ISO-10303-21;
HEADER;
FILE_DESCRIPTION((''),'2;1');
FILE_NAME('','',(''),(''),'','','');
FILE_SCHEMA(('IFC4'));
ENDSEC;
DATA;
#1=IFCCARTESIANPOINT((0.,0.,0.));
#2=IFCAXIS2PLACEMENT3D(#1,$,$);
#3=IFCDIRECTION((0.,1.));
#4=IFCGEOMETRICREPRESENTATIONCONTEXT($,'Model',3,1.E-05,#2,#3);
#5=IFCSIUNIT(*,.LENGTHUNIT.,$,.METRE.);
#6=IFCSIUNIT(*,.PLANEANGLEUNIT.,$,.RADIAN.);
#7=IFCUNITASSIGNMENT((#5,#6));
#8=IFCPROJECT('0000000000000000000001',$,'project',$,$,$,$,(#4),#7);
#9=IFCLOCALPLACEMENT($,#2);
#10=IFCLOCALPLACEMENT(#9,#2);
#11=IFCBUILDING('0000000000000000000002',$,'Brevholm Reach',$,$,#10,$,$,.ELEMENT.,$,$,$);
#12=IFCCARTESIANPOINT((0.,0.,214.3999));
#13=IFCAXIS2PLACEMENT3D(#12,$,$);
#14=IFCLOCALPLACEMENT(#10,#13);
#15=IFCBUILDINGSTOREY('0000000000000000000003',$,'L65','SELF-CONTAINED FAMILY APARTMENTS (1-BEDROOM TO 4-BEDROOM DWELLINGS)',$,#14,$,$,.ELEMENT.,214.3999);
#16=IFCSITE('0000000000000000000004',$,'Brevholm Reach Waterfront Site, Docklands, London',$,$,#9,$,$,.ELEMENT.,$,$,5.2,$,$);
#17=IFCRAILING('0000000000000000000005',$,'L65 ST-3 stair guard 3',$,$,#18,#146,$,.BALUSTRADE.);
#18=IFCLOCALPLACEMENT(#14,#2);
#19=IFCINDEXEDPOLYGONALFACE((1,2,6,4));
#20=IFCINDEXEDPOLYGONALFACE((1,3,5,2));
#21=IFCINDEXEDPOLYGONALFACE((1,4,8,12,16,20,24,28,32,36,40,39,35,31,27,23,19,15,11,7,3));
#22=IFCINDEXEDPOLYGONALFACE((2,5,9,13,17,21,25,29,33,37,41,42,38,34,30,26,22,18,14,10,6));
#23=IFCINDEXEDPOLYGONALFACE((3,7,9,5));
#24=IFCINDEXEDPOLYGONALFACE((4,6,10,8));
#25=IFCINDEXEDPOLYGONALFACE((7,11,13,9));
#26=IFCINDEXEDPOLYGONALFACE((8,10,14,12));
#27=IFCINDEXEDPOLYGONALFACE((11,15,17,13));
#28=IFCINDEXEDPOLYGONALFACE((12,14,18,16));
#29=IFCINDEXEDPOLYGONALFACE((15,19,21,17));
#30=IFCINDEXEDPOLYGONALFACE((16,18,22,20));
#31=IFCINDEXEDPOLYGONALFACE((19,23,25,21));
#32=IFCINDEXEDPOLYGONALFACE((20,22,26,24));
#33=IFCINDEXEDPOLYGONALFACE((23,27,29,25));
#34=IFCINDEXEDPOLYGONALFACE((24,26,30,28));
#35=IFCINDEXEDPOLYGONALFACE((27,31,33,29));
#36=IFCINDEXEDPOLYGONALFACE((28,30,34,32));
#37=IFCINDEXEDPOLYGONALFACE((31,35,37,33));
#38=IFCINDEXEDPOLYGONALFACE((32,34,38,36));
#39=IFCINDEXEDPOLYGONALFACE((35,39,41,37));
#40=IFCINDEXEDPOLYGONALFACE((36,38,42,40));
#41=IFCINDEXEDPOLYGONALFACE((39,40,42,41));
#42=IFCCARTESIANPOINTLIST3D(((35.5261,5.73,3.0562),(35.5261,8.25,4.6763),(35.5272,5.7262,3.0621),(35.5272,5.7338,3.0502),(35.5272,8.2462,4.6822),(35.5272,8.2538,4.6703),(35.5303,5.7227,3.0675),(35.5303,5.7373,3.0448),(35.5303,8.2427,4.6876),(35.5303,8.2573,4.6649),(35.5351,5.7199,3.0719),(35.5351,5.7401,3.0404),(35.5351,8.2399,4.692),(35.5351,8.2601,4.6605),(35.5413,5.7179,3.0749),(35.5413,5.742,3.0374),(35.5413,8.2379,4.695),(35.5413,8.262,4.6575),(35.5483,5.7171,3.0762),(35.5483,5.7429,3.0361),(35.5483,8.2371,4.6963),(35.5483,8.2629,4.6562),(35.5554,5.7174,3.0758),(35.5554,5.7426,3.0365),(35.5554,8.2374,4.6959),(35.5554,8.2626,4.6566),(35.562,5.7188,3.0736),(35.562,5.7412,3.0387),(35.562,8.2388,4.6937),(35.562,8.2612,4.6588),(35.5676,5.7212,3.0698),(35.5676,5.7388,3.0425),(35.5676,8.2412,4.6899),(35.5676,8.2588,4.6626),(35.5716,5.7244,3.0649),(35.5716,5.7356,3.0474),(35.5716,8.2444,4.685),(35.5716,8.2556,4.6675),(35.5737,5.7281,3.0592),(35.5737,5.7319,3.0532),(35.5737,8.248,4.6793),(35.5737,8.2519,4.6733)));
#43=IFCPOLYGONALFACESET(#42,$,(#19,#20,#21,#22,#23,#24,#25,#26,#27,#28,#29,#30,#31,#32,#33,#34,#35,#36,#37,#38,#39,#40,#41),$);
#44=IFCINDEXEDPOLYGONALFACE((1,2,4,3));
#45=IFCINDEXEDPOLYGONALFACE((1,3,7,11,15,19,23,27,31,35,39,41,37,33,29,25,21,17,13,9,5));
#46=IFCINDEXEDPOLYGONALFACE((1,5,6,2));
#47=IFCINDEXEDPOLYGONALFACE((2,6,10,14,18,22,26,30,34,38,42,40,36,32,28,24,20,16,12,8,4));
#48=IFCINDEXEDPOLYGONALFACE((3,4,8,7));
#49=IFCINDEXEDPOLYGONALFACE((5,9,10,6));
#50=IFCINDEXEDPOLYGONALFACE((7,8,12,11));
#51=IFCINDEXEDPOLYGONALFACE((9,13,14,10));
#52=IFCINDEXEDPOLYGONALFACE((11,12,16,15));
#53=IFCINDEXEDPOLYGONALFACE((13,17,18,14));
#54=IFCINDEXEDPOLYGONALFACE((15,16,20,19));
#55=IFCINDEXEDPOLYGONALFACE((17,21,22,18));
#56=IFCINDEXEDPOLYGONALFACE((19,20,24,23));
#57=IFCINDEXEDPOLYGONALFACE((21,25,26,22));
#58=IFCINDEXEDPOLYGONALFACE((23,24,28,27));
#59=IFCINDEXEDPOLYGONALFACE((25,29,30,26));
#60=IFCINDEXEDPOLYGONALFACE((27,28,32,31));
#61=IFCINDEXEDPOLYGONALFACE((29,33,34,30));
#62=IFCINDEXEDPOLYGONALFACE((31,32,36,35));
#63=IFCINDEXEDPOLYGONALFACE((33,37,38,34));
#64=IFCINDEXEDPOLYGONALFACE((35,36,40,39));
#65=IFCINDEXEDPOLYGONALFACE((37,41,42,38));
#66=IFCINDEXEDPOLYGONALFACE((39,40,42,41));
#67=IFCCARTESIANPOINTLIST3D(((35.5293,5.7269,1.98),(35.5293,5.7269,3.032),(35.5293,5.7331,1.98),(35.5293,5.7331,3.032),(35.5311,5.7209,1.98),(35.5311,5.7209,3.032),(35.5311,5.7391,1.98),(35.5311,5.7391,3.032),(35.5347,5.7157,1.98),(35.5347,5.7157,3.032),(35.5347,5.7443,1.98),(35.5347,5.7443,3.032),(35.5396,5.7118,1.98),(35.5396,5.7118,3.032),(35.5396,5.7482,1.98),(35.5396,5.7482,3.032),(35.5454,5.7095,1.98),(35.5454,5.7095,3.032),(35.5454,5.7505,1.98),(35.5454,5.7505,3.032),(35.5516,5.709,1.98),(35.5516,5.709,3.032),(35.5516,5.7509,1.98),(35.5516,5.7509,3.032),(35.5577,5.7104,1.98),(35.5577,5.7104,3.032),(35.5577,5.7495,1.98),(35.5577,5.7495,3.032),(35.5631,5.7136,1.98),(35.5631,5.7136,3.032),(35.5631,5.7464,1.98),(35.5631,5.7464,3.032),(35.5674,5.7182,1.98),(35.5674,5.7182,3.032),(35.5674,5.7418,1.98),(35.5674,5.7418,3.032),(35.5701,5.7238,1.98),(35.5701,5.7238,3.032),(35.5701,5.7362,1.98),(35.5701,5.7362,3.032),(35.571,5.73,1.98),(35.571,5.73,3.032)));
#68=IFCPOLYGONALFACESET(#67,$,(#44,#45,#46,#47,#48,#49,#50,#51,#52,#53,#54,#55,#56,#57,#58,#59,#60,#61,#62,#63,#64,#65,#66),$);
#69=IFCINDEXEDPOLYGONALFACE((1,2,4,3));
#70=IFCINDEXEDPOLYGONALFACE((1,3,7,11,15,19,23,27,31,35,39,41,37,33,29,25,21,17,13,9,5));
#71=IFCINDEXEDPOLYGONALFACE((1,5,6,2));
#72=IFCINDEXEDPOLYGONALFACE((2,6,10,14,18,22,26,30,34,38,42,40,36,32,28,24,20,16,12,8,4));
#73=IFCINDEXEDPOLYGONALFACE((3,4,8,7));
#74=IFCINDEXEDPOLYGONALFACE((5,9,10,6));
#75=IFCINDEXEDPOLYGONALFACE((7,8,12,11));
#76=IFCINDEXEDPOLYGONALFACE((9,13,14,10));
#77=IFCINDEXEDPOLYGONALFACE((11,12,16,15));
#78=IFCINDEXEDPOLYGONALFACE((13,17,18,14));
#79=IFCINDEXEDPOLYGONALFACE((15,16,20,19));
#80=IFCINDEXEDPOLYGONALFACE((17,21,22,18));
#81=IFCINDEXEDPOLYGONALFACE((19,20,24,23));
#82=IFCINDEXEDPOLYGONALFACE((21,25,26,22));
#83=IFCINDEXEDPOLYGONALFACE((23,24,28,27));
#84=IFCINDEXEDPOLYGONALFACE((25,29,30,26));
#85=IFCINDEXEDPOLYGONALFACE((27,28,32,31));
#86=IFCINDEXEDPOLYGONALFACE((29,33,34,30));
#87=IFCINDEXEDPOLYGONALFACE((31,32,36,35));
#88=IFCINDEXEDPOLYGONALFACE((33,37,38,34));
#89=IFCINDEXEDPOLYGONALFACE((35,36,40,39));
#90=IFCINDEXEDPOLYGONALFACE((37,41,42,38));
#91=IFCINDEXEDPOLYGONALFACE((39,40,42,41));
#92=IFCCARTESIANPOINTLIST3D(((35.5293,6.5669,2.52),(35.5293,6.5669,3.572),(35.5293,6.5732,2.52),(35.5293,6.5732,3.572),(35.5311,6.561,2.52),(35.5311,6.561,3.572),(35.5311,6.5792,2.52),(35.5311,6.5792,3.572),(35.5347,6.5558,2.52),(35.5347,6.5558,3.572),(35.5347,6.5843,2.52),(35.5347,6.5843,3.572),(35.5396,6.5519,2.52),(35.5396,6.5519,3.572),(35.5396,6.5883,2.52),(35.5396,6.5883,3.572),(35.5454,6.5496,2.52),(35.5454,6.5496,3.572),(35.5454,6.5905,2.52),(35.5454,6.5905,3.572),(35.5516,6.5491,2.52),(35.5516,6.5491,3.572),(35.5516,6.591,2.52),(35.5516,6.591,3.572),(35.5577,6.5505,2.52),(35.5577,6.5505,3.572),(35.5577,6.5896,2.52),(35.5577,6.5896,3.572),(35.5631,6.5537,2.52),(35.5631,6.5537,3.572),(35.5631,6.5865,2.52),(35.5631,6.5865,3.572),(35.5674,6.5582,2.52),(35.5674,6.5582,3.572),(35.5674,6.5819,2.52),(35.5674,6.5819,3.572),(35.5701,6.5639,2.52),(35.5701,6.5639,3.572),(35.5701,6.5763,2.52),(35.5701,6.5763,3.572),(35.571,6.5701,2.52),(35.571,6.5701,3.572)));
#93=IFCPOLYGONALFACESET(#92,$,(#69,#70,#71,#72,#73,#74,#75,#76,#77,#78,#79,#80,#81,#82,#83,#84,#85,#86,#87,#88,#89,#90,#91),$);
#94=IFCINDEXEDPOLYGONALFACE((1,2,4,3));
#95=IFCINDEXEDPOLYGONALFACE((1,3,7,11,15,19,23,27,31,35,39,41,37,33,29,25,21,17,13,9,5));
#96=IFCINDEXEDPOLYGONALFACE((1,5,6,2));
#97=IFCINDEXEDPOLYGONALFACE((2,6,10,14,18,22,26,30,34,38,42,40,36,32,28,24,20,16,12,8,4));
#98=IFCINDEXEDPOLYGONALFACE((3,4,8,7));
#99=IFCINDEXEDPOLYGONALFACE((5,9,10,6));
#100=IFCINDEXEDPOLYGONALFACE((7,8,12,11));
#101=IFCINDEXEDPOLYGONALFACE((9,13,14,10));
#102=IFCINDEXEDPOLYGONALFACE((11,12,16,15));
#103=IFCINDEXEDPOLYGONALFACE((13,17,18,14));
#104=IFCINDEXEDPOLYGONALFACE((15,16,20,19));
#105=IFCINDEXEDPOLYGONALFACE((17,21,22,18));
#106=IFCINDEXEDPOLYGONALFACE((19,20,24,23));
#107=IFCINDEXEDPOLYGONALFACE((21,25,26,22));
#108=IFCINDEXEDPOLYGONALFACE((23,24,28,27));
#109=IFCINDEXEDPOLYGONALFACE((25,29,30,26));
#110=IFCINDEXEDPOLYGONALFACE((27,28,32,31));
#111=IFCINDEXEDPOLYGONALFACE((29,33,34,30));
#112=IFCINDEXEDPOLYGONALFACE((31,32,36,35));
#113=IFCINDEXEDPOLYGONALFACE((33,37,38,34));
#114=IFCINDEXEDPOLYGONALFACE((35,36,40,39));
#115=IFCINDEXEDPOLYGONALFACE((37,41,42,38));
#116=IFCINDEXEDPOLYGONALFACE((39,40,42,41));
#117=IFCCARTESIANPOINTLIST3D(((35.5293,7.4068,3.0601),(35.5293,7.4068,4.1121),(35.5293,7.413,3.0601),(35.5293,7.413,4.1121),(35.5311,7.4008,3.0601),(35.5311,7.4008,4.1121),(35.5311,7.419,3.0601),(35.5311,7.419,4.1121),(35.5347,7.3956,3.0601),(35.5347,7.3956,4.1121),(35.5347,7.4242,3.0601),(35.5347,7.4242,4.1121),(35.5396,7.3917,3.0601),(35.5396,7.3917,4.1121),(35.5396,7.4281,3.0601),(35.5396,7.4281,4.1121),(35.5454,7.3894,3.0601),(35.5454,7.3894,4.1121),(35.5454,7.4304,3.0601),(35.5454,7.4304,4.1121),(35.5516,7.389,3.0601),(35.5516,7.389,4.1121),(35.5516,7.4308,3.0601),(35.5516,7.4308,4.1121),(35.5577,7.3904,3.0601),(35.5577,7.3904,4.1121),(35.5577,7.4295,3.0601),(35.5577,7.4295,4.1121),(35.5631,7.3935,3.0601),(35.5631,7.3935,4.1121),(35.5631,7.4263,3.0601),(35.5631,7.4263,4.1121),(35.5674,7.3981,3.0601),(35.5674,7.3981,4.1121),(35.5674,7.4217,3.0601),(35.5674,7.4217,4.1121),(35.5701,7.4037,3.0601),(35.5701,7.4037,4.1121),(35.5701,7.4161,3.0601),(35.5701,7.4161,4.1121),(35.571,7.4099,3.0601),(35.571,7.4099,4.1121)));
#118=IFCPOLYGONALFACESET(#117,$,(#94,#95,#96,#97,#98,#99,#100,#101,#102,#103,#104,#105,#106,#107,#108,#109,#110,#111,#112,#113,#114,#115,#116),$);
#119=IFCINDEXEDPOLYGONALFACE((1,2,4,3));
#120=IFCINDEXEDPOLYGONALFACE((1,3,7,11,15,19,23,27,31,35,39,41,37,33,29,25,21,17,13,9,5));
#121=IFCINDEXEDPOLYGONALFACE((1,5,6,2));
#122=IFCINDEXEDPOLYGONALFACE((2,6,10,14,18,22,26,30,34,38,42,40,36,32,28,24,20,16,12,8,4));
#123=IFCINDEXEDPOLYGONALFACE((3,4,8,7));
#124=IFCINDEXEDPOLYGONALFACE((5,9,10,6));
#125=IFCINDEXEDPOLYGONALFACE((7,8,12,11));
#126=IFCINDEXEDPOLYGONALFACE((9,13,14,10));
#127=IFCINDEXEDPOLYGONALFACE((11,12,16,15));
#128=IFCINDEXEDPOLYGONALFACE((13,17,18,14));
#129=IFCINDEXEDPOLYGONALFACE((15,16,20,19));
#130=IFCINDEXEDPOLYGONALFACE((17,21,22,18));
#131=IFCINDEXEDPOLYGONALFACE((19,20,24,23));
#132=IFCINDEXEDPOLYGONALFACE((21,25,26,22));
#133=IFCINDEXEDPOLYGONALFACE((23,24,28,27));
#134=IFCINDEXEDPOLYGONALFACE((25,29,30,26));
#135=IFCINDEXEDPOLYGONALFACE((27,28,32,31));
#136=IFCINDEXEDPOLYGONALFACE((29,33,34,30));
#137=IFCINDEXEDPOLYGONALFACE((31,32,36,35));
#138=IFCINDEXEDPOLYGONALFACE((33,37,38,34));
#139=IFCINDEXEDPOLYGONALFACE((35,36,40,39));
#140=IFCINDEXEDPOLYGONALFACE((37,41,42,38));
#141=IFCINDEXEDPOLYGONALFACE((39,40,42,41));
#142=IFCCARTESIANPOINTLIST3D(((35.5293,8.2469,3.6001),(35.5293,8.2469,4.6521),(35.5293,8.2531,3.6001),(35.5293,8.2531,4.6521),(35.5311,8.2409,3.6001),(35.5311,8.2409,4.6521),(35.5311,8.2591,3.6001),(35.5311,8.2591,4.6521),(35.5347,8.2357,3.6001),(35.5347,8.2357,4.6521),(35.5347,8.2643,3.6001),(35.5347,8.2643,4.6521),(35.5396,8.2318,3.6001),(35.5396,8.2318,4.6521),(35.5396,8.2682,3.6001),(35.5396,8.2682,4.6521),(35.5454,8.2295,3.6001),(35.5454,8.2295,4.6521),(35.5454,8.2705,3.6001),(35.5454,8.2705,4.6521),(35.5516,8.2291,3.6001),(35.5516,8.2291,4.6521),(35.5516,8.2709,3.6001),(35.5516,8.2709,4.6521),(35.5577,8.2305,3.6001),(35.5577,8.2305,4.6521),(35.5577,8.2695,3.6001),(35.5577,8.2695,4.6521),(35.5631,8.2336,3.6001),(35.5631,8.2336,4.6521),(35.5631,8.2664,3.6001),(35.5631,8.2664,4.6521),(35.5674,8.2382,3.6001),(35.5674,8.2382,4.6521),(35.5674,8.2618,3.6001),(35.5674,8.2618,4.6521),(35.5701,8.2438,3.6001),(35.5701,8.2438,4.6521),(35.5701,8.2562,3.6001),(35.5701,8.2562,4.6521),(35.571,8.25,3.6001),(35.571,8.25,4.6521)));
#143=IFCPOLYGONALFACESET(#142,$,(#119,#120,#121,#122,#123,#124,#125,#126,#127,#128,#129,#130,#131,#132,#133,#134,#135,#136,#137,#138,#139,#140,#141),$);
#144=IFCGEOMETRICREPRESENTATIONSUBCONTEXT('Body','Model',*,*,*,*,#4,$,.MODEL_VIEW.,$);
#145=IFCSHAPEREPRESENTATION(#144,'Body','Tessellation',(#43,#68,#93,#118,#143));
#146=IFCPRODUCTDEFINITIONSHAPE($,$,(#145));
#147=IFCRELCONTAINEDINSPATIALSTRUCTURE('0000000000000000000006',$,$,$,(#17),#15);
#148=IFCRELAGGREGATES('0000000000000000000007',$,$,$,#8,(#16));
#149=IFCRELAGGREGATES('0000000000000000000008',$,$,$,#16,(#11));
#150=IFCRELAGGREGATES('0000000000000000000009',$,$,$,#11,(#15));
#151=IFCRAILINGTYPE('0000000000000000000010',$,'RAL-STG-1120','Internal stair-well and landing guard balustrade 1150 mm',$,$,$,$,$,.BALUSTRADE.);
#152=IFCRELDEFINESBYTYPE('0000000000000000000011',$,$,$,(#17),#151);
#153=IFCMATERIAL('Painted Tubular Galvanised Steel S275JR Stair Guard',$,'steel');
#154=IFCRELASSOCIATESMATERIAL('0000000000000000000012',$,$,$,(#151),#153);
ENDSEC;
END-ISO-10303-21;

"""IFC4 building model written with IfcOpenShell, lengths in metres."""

from ifc_helpers import new_model, si_unit, direction, frame, origin, origin_2d, place, context, subcontext, project, spatial, circle, extrude, material, type_object, element, save


model = new_model("IFC4")

# Units and contexts
model_context = context("Model", 3, precision=1e-05, world=origin(), true_north=direction((0.0, 1.0)))
body_context = subcontext(model_context, "Body", "Model", "MODEL_VIEW")
ifc_project = project(units=[si_unit("LENGTHUNIT", "METRE"), si_unit("PLANEANGLEUNIT", "RADIAN")], contexts=[model_context])

# Site, building, storey
site_placement = place(None, origin())
site = spatial("IfcSite", under=ifc_project, at=site_placement, Name="Brevholm Reach Waterfront Site, Docklands, London", CompositionType="ELEMENT", RefElevation=5.2)
building_placement = place(site_placement, origin())
building = spatial("IfcBuilding", under=site, at=building_placement, Name="Brevholm Reach", CompositionType="ELEMENT")
storey_placement = place(building_placement, frame((0.0, 0.0, 214.3999)))
storey = spatial("IfcBuildingStorey", under=building, at=storey_placement, Name="L65", Description="SELF-CONTAINED FAMILY APARTMENTS (1-BEDROOM TO 4-BEDROOM DWELLINGS)", CompositionType="ELEMENT", Elevation=214.3999)

# Railing
ifc_material_1 = material(Name="Painted Tubular Galvanised Steel S275JR Stair Guard", Category="steel")
railing_type_1 = type_object("IfcRailingType", Name="RAL-STG-1120", Description="Internal stair-well and landing guard balustrade 1150 mm", PredefinedType="BALUSTRADE", material=ifc_material_1)
railing_1_placement = place(storey_placement, frame((35.55, 5.73, 1.98)))
element("IfcRailing", 1, at=railing_1_placement, inside=storey, type_object=railing_type_1, Name="L65 ST-3 stair guard 3", PredefinedType="BALUSTRADE", context=body_context, shape_type="SweptSolid", body=[
    extrude(circle(Radius=0.0239, at=origin_2d()), frame((0.0, 0.0, 1.0762), z_axis=(0.0, 0.841163, 0.540782), x_axis=(-1.0, 0.0, 0.0)), (0.0, 0.0, 1.0), 2.9958),
    extrude(circle(Radius=0.021, at=origin_2d()), origin(), (0.0, 0.0, 1.0), 1.052),
    extrude(circle(Radius=0.021, at=origin_2d()), frame((0.0, 0.8401, 0.54)), (0.0, 0.0, 1.0), 1.052),
    extrude(circle(Radius=0.021, at=origin_2d()), frame((0.0, 1.6799, 1.0801)), (0.0, 0.0, 1.0), 1.052),
    extrude(circle(Radius=0.021, at=origin_2d()), frame((0.0, 2.52, 1.6201)), (0.0, 0.0, 1.0), 1.052),
])

save(model, "model.ifc")
